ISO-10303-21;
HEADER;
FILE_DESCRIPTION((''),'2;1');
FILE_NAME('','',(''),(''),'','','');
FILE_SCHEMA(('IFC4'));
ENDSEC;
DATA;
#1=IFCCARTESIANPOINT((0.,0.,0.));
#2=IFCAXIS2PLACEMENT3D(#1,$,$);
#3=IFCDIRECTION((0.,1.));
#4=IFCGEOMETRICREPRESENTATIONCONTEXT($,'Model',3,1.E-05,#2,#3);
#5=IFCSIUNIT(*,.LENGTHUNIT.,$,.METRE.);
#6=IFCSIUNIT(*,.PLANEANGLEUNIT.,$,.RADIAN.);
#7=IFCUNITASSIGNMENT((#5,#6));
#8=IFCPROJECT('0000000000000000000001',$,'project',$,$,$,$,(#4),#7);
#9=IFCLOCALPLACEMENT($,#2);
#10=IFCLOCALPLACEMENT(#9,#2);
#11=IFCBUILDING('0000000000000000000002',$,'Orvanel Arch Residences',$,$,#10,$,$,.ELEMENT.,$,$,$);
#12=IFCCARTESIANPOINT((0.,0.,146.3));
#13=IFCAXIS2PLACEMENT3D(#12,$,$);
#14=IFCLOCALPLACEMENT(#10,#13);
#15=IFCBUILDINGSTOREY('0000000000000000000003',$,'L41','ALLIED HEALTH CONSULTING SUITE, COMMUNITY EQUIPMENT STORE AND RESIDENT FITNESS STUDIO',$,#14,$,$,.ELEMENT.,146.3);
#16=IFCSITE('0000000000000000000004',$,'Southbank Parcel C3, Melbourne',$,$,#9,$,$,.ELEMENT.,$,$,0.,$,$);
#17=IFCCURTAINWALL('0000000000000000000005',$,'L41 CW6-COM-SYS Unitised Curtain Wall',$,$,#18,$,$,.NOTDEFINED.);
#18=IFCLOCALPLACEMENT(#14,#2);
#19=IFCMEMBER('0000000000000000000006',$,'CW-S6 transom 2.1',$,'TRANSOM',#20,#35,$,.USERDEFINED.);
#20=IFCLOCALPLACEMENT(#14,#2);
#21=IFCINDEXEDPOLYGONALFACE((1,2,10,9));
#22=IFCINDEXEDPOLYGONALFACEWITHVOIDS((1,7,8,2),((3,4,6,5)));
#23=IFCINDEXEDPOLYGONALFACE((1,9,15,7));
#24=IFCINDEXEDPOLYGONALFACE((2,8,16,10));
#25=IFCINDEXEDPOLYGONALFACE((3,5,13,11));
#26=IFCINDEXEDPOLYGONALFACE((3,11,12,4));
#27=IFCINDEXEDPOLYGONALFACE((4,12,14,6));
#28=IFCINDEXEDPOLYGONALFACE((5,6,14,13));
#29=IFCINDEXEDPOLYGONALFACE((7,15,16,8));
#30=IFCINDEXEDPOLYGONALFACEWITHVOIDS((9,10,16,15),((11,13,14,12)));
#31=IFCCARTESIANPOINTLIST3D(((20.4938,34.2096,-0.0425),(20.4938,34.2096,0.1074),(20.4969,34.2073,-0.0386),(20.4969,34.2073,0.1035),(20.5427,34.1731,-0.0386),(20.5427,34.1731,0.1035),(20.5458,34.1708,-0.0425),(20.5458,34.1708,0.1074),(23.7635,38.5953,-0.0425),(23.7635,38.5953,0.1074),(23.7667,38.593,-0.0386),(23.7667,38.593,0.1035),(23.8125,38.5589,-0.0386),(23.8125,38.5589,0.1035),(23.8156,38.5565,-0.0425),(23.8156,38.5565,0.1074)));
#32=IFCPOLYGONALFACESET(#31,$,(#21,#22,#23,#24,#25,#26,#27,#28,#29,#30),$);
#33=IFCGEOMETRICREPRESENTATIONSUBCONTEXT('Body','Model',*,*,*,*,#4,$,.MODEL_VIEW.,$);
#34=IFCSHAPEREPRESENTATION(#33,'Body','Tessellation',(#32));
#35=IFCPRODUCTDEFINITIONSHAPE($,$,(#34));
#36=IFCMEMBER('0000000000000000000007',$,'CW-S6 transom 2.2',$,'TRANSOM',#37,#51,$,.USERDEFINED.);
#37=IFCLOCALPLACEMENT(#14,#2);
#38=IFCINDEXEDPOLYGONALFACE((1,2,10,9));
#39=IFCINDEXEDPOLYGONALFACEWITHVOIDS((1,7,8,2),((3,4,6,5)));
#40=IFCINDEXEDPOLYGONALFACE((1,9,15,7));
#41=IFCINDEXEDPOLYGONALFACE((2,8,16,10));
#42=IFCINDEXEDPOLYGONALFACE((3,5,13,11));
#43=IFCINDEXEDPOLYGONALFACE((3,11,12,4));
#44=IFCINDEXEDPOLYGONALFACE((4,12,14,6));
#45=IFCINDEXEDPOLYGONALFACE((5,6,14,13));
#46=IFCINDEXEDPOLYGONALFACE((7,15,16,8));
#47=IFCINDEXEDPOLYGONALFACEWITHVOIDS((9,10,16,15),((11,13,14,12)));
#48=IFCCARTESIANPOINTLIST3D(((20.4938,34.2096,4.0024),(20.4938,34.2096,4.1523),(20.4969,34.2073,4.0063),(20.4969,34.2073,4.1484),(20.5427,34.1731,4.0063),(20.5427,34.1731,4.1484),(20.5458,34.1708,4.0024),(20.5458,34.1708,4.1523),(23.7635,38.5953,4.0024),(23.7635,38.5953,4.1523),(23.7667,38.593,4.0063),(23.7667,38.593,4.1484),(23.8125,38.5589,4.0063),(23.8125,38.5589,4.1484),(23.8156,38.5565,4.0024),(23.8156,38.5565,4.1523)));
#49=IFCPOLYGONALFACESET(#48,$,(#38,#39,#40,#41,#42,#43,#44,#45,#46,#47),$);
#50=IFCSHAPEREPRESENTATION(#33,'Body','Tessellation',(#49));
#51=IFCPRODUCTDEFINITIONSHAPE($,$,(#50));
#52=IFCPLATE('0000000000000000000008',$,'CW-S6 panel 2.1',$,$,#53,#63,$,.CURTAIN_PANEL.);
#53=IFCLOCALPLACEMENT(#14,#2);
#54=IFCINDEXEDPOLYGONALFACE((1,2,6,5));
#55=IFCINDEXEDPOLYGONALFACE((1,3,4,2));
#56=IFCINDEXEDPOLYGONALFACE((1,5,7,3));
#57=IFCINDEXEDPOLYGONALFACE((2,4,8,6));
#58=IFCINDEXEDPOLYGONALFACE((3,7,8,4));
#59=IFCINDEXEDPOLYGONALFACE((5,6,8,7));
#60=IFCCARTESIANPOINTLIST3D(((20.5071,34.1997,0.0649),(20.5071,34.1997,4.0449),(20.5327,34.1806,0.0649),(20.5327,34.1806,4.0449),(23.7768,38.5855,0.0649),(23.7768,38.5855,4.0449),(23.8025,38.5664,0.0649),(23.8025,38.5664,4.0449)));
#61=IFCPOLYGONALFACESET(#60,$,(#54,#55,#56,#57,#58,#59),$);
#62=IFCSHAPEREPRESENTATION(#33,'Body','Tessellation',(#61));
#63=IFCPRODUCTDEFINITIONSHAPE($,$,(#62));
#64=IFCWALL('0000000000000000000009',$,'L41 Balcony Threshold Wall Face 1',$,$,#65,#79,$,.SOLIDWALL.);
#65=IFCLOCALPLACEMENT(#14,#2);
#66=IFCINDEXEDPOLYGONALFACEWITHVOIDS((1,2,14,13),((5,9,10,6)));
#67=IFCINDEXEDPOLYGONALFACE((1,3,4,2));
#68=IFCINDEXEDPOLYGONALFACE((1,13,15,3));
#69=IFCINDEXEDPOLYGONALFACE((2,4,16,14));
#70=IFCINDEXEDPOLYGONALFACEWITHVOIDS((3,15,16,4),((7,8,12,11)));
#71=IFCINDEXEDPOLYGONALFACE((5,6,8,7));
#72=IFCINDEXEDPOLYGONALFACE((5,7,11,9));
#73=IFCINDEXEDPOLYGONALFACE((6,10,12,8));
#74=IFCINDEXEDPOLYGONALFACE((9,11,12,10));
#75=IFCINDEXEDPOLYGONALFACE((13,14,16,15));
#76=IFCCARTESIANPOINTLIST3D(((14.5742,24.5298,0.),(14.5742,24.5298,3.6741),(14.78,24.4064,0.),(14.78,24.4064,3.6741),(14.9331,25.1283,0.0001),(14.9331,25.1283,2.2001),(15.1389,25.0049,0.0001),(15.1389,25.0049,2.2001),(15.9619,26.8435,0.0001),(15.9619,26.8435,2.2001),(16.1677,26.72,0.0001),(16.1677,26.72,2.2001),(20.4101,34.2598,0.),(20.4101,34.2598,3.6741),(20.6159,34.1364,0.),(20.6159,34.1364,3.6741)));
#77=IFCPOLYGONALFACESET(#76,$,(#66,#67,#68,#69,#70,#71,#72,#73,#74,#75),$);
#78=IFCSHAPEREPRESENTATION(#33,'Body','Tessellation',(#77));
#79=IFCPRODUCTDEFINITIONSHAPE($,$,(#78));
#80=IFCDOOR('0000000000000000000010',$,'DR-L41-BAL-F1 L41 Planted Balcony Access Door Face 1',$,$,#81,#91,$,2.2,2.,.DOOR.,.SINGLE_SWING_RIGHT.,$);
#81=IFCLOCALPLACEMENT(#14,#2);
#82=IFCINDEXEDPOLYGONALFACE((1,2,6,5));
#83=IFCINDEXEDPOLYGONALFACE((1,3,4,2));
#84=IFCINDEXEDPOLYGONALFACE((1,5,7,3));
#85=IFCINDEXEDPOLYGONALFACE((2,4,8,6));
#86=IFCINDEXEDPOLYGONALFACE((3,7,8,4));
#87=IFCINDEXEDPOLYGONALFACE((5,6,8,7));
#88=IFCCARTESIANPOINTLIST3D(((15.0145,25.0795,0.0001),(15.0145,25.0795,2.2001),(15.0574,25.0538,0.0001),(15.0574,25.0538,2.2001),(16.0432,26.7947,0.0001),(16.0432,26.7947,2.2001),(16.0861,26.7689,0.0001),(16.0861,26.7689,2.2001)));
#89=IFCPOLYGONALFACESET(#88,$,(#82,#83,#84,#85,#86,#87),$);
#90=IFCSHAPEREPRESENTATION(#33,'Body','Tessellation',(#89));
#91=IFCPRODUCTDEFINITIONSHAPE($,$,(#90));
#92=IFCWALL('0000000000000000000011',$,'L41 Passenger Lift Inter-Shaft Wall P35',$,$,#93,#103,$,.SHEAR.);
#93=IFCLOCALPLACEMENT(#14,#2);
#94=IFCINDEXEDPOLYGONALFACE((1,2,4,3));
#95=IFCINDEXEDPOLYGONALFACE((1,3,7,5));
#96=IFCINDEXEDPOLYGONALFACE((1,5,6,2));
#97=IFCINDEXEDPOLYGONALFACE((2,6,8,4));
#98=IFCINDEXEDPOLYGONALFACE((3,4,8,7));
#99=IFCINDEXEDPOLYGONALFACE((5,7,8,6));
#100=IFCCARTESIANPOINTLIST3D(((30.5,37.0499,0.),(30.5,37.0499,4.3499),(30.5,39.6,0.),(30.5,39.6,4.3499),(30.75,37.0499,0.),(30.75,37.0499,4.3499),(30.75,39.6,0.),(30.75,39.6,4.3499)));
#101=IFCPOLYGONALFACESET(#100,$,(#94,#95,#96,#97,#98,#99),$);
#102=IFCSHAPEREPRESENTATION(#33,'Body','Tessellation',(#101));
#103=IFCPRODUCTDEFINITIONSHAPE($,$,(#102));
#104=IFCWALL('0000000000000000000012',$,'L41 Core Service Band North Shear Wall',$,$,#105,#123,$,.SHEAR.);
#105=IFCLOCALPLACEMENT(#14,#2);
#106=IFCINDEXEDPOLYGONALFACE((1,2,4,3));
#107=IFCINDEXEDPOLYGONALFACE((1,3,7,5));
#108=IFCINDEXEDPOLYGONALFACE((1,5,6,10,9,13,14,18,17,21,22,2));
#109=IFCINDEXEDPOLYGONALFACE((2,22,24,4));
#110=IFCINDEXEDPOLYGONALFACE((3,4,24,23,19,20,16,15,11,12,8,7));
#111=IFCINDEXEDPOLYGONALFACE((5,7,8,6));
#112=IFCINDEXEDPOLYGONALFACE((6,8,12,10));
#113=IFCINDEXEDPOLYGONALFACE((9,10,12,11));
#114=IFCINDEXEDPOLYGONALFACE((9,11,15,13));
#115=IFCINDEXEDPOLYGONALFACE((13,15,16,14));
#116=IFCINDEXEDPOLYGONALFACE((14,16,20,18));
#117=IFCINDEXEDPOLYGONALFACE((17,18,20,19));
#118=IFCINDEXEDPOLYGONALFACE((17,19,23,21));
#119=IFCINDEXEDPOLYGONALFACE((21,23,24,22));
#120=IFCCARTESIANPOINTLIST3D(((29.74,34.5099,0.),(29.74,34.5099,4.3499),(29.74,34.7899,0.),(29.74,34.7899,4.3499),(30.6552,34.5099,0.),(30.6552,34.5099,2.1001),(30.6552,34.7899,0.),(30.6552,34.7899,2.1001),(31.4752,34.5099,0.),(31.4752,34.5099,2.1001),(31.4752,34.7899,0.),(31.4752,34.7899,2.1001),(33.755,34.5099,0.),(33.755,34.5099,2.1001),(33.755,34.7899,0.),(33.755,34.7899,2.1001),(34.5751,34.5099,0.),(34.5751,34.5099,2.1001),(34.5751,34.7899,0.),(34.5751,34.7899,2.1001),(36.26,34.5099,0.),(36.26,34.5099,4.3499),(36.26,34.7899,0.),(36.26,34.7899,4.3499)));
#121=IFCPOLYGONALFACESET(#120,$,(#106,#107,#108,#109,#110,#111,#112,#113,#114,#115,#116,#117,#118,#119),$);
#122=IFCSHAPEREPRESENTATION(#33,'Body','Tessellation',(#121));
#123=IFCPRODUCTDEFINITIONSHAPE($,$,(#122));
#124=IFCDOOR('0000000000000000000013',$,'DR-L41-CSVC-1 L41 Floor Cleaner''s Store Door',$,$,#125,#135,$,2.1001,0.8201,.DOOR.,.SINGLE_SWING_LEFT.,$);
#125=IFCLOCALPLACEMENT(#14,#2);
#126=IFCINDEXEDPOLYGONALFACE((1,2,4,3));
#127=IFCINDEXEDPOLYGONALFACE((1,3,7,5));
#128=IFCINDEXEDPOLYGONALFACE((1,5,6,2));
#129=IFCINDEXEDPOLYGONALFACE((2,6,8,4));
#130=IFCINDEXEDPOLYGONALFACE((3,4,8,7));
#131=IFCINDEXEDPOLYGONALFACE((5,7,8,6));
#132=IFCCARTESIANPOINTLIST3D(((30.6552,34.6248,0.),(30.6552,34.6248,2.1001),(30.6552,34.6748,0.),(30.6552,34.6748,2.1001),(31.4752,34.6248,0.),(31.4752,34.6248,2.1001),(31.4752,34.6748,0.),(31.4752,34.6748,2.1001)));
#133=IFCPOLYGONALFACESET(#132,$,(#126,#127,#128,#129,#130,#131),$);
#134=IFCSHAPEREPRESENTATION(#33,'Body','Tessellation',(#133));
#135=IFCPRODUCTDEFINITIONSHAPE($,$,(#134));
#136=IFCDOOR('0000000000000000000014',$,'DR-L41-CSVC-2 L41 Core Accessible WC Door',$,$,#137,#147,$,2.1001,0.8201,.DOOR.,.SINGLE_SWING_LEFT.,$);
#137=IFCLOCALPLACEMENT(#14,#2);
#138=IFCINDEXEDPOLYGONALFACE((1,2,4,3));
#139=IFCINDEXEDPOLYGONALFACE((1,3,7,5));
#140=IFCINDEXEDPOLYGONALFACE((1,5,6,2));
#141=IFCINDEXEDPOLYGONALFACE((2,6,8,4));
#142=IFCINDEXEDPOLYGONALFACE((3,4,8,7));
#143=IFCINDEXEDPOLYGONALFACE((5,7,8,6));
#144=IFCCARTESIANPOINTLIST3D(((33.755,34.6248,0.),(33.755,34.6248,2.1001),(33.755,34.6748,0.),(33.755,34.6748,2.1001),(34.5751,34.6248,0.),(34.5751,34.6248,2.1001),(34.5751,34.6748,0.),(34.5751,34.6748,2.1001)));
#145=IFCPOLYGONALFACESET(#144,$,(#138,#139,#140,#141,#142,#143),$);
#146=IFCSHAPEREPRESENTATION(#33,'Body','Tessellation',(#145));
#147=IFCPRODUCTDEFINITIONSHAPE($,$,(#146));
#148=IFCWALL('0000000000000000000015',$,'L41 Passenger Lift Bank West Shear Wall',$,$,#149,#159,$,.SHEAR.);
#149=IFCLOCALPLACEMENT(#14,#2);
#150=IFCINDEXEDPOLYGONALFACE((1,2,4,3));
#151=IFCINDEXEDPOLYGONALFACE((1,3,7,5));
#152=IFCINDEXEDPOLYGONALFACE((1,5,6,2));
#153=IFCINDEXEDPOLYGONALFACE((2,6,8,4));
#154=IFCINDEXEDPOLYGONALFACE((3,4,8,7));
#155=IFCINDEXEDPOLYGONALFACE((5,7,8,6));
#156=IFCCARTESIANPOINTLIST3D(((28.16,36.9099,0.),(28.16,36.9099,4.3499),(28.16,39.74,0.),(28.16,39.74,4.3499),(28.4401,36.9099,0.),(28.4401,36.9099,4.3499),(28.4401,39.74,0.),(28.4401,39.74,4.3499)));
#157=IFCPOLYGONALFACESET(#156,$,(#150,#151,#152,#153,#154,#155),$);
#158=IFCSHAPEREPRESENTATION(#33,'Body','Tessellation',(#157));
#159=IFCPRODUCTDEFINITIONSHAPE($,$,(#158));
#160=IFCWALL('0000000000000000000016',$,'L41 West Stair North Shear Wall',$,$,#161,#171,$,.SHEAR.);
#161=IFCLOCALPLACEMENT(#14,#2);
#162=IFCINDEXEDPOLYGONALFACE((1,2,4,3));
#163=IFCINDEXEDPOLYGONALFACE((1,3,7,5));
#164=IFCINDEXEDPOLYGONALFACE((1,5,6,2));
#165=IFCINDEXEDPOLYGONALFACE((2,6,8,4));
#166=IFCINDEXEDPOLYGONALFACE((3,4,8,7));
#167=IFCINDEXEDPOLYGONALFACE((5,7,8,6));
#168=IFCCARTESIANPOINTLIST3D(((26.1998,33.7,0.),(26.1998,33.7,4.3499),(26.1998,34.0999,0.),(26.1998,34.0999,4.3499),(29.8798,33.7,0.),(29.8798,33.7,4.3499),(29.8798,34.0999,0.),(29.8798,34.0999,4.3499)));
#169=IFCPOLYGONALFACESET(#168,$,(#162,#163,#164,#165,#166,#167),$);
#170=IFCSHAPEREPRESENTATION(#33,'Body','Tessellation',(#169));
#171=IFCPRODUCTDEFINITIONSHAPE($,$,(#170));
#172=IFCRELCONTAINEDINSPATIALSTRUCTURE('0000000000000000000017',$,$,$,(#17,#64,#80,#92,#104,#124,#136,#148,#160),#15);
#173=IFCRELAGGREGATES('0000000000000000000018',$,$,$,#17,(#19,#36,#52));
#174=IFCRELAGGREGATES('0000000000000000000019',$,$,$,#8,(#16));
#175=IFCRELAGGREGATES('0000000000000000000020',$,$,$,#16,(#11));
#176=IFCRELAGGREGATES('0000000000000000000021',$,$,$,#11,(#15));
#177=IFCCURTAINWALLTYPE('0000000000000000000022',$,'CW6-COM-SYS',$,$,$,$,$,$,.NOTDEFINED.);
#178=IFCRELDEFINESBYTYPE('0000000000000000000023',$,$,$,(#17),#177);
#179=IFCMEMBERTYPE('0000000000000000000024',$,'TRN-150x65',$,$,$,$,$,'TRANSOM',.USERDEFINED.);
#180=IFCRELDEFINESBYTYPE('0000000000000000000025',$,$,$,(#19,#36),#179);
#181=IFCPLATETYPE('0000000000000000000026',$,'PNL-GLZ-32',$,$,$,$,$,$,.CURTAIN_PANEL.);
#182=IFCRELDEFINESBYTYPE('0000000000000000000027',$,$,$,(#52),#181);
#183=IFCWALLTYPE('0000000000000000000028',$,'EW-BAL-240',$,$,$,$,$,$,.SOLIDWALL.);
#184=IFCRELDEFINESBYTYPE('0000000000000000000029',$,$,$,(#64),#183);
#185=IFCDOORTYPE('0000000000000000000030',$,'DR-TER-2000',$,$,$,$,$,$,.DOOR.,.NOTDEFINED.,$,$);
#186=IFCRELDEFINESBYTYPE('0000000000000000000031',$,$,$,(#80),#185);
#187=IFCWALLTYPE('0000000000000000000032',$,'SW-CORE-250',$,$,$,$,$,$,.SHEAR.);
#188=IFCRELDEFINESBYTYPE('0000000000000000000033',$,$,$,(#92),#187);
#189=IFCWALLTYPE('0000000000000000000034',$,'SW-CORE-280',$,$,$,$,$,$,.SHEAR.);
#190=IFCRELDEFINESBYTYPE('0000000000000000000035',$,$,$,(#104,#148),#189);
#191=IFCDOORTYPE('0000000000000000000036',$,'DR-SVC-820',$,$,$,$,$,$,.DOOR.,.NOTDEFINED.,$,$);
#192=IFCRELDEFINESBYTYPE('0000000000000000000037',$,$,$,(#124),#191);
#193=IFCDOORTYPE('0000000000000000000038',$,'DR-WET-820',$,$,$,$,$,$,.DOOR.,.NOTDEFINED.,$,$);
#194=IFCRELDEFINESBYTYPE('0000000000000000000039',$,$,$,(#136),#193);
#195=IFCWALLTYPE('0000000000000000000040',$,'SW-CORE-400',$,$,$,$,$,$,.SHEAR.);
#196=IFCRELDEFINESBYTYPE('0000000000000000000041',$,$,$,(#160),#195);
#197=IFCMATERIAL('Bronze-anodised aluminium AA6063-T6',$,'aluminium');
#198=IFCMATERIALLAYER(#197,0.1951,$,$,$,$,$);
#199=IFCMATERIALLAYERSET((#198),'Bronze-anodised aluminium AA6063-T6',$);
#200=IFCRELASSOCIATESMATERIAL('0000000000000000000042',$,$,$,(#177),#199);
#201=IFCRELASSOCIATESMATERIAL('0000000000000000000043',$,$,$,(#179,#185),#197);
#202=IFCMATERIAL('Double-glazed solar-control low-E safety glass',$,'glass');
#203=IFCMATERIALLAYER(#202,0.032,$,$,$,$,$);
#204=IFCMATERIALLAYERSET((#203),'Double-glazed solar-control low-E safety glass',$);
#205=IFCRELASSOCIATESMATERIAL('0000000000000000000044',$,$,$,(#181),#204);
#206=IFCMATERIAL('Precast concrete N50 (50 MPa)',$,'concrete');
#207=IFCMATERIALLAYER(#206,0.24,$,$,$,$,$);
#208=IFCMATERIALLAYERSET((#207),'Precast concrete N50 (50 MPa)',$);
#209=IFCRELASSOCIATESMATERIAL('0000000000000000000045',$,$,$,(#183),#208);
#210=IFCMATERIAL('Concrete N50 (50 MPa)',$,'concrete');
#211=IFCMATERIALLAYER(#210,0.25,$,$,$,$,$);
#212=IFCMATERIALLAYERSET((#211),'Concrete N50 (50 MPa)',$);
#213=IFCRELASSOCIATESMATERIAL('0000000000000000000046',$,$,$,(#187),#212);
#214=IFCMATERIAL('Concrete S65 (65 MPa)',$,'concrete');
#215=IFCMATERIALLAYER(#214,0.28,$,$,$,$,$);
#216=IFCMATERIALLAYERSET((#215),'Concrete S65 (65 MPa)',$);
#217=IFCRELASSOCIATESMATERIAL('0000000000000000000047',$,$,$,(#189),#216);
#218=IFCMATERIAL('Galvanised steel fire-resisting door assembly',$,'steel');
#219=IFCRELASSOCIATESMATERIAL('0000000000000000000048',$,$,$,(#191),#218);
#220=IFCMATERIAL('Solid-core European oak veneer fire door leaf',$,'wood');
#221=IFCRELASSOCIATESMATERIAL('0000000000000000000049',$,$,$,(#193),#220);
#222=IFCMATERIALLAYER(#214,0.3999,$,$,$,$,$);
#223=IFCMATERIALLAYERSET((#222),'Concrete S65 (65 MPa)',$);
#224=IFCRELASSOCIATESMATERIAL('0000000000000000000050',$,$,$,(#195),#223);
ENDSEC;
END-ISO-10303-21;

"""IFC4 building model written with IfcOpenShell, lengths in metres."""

from ifc_helpers import new_model, si_unit, direction, frame, frame_2d, origin, origin_2d, place, context, subcontext, project, spatial, rectangle, hollow_rectangle, extrude, material, layer, layer_set, material_profile, profile_set, type_object, element, fill, aggregate, save


model = new_model("IFC4")

# Units and contexts
model_context = context("Model", 3, precision=1e-05, world=origin(), true_north=direction((0.0, 1.0)))
body_context = subcontext(model_context, "Body", "Model", "MODEL_VIEW")
ifc_project = project(units=[si_unit("LENGTHUNIT", "METRE"), si_unit("PLANEANGLEUNIT", "RADIAN")], contexts=[model_context])

# Site, building, storey
site_placement = place(None, origin())
site = spatial("IfcSite", under=ifc_project, at=site_placement, Name="Southbank Parcel C3, Melbourne", CompositionType="ELEMENT", RefElevation=0.0)
building_placement = place(site_placement, origin())
building = spatial("IfcBuilding", under=site, at=building_placement, Name="Orvanel Arch Residences", CompositionType="ELEMENT")
storey_placement = place(building_placement, frame((0.0, 0.0, 146.3)))
storey = spatial("IfcBuildingStorey", under=building, at=storey_placement, Name="L41", Description="ALLIED HEALTH CONSULTING SUITE, COMMUNITY EQUIPMENT STORE AND RESIDENT FITNESS STUDIO", CompositionType="ELEMENT", Elevation=146.3)

# Shared definitions
ifc_material_1 = material(Name="Concrete S65 (65 MPa)", Category="concrete")

# Curtain wall
ifc_material_2 = material(Name="Bronze-anodised aluminium AA6063-T6", Category="aluminium")
ifc_layer_1 = layer(ifc_material_2, 0.1951)
ifc_layer_set_1 = layer_set([ifc_layer_1], Name="Bronze-anodised aluminium AA6063-T6")
curtain_wall_type = type_object("IfcCurtainWallType", Name="CW6-COM-SYS", PredefinedType="NOTDEFINED", material=ifc_layer_set_1)
curtain_wall_placement = place(storey_placement, origin())
curtain_wall = element("IfcCurtainWall", 1, at=curtain_wall_placement, inside=storey, type_object=curtain_wall_type, Name="L41 CW6-COM-SYS Unitised Curtain Wall", PredefinedType="NOTDEFINED")

# Members
ifc_material_profile_1 = material_profile(ifc_material_2, hollow_rectangle(XDim=0.0649, YDim=0.1499, WallThickness=0.0039, at=origin_2d()), Name="ALU150x65x4")
ifc_profile_set_1 = profile_set([ifc_material_profile_1], Name="Bronze-anodised aluminium AA6063-T6")
member_type_1 = type_object("IfcMemberType", Name="TRN-150x65", ElementType="TRANSOM", PredefinedType="USERDEFINED", material=ifc_profile_set_1)
member_1_placement = place(storey_placement, frame((23.7896, 38.5759, 0.0325), z_axis=(-0.597713, -0.80171, 0.0), x_axis=(0.80171, -0.597713, 0.0)))
member_1 = element("IfcMember", 2, at=member_1_placement, type_object=member_type_1, Name="CW-S6 transom 2.1", ObjectType="TRANSOM", PredefinedType="USERDEFINED", context=body_context, shape_type="SweptSolid", body=[
    extrude(hollow_rectangle(XDim=0.0649, YDim=0.1499, WallThickness=0.0039, at=origin_2d()), origin(), (0.0, 0.0, 1.0), 5.4705),
])
member_2_placement = place(storey_placement, frame((23.7896, 38.5759, 4.0774), z_axis=(-0.597713, -0.80171, 0.0), x_axis=(0.80171, -0.597713, 0.0)))
member_2 = element("IfcMember", 3, at=member_2_placement, type_object=member_type_1, Name="CW-S6 transom 2.2", ObjectType="TRANSOM", PredefinedType="USERDEFINED", context=body_context, shape_type="SweptSolid", body=[
    extrude(hollow_rectangle(XDim=0.0649, YDim=0.1499, WallThickness=0.0039, at=origin_2d()), origin(), (0.0, 0.0, 1.0), 5.4705),
])

# Plate
ifc_material_3 = material(Name="Double-glazed solar-control low-E safety glass", Category="glass")
ifc_layer_2 = layer(ifc_material_3, 0.032)
ifc_layer_set_2 = layer_set([ifc_layer_2], Name="Double-glazed solar-control low-E safety glass")
plate_type = type_object("IfcPlateType", Name="PNL-GLZ-32", PredefinedType="CURTAIN_PANEL", material=ifc_layer_set_2)
plate_placement = place(storey_placement, frame((22.1548, 36.3831, 0.0649), z_axis=(0.0, 0.0, 1.0), x_axis=(-0.597705, -0.801716, 0.0)))
plate = element("IfcPlate", 4, at=plate_placement, type_object=plate_type, Name="CW-S6 panel 2.1", PredefinedType="CURTAIN_PANEL", context=body_context, shape_type="SweptSolid", body=[
    extrude(rectangle(XDim=5.4705, YDim=0.032, at=origin_2d()), origin(), (0.0, 0.0, 1.0), 3.98),
])
aggregate(curtain_wall, [member_1, member_2, plate])

# Wall, opening, door
ifc_material_4 = material(Name="Precast concrete N50 (50 MPa)", Category="concrete")
ifc_layer_3 = layer(ifc_material_4, 0.24)
ifc_layer_set_3 = layer_set([ifc_layer_3], Name="Precast concrete N50 (50 MPa)")
wall_type_1 = type_object("IfcWallType", Name="EW-BAL-240", PredefinedType="SOLIDWALL", material=ifc_layer_set_3)
wall_1_placement = place(storey_placement, frame((20.5129, 34.198, 0.0), z_axis=(0.0, 0.0, 1.0), x_axis=(-0.514363, -0.857573, 0.0)))
wall_1 = element("IfcWall", 5, at=wall_1_placement, inside=storey, type_object=wall_type_1, Name="L41 Balcony Threshold Wall Face 1", PredefinedType="SOLIDWALL", context=body_context, shape_type="SweptSolid", body=[
    extrude(rectangle(XDim=11.3459, YDim=0.24, at=frame_2d((5.6729, 0.0))), origin(), (0.0, 0.0, 1.0), 3.6741),
])
opening_1_placement = place(wall_1_placement, frame((8.6479, 0.0, 0.0)))
opening_1 = element("IfcOpeningElement", 6, at=opening_1_placement, cuts=wall_1, PredefinedType="OPENING", context=body_context, shape_type="SweptSolid", body=[
    extrude(rectangle(XDim=2.0, YDim=2.2, at=frame_2d((1.0, 1.1001))), frame((0.0, 0.1299, 0.0), z_axis=(0.0, -1.0, 0.0), x_axis=(1.0, 0.0, 0.0)), (0.0, 0.0, 1.0), 0.26),
])
door_type_1 = type_object("IfcDoorType", Name="DR-TER-2000", OperationType="NOTDEFINED", PredefinedType="DOOR", material=ifc_material_2)
door_1_placement = place(opening_1_placement, origin())
door_1 = element("IfcDoor", 7, at=door_1_placement, inside=storey, type_object=door_type_1, Name="DR-L41-BAL-F1 L41 Planted Balcony Access Door Face 1", OperationType="SINGLE_SWING_RIGHT", OverallHeight=2.2, OverallWidth=2.0, PredefinedType="DOOR", context=body_context, shape_type="SweptSolid", body=[
    extrude(rectangle(XDim=2.0, YDim=2.2, at=frame_2d((1.0, 1.1001))), frame((0.0, 0.0249, 0.0), z_axis=(0.0, -1.0, 0.0), x_axis=(1.0, 0.0, 0.0)), (0.0, 0.0, 1.0), 0.05),
])
fill(opening_1, door_1)

# Wall
ifc_material_5 = material(Name="Concrete N50 (50 MPa)", Category="concrete")
ifc_layer_4 = layer(ifc_material_5, 0.25)
ifc_layer_set_4 = layer_set([ifc_layer_4], Name="Concrete N50 (50 MPa)")
wall_type_2 = type_object("IfcWallType", Name="SW-CORE-250", PredefinedType="SHEAR", material=ifc_layer_set_4)
wall_2_placement = place(storey_placement, frame((30.625, 37.05, 0.0), z_axis=(0.0, 0.0, 1.0), x_axis=(0.0, 1.0, 0.0)))
element("IfcWall", 8, at=wall_2_placement, inside=storey, type_object=wall_type_2, Name="L41 Passenger Lift Inter-Shaft Wall P35", PredefinedType="SHEAR", context=body_context, shape_type="SweptSolid", body=[
    extrude(rectangle(XDim=2.55, YDim=0.25, at=frame_2d((1.2749, 0.0))), origin(), (0.0, 0.0, 1.0), 4.3499),
])

# Wall, openings, doors
ifc_layer_5 = layer(ifc_material_1, 0.28)
ifc_layer_set_5 = layer_set([ifc_layer_5], Name="Concrete S65 (65 MPa)")
wall_type_3 = type_object("IfcWallType", Name="SW-CORE-280", PredefinedType="SHEAR", material=ifc_layer_set_5)
wall_3_placement = place(storey_placement, frame((29.74, 34.6499, 0.0), z_axis=(0.0, 0.0, 1.0), x_axis=(1.0, 0.0, 0.0)))
wall_3 = element("IfcWall", 9, at=wall_3_placement, inside=storey, type_object=wall_type_3, Name="L41 Core Service Band North Shear Wall", PredefinedType="SHEAR", context=body_context, shape_type="SweptSolid", body=[
    extrude(rectangle(XDim=6.52, YDim=0.28, at=frame_2d((3.26, 0.0))), origin(), (0.0, 0.0, 1.0), 4.3499),
])
opening_2_placement = place(wall_3_placement, frame((0.915, 0.0, 0.0)))
opening_2 = element("IfcOpeningElement", 10, at=opening_2_placement, cuts=wall_3, PredefinedType="OPENING", context=body_context, shape_type="SweptSolid", body=[
    extrude(rectangle(XDim=0.8201, YDim=2.1001, at=frame_2d((0.4102, 1.05))), frame((0.0, 0.1499, 0.0), z_axis=(0.0, -1.0, 0.0), x_axis=(1.0, 0.0, 0.0)), (0.0, 0.0, 1.0), 0.3),
])
opening_3_placement = place(wall_3_placement, frame((4.0149, 0.0, 0.0)))
opening_3 = element("IfcOpeningElement", 11, at=opening_3_placement, cuts=wall_3, PredefinedType="OPENING", context=body_context, shape_type="SweptSolid", body=[
    extrude(rectangle(XDim=0.8201, YDim=2.1001, at=frame_2d((0.4102, 1.05))), frame((0.0, 0.1499, 0.0), z_axis=(0.0, -1.0, 0.0), x_axis=(1.0, 0.0, 0.0)), (0.0, 0.0, 1.0), 0.3),
])
ifc_material_6 = material(Name="Galvanised steel fire-resisting door assembly", Category="steel")
door_type_2 = type_object("IfcDoorType", Name="DR-SVC-820", OperationType="NOTDEFINED", PredefinedType="DOOR", material=ifc_material_6)
door_2_placement = place(opening_2_placement, origin())
door_2 = element("IfcDoor", 12, at=door_2_placement, inside=storey, type_object=door_type_2, Name="DR-L41-CSVC-1 L41 Floor Cleaner's Store Door", OperationType="SINGLE_SWING_LEFT", OverallHeight=2.1001, OverallWidth=0.8201, PredefinedType="DOOR", context=body_context, shape_type="SweptSolid", body=[
    extrude(rectangle(XDim=0.8201, YDim=2.1001, at=frame_2d((0.4102, 1.05))), frame((0.0, 0.0249, 0.0), z_axis=(0.0, -1.0, 0.0), x_axis=(1.0, 0.0, 0.0)), (0.0, 0.0, 1.0), 0.05),
])
fill(opening_2, door_2)
ifc_material_7 = material(Name="Solid-core European oak veneer fire door leaf", Category="wood")
door_type_3 = type_object("IfcDoorType", Name="DR-WET-820", OperationType="NOTDEFINED", PredefinedType="DOOR", material=ifc_material_7)
door_3_placement = place(opening_3_placement, origin())
door_3 = element("IfcDoor", 13, at=door_3_placement, inside=storey, type_object=door_type_3, Name="DR-L41-CSVC-2 L41 Core Accessible WC Door", OperationType="SINGLE_SWING_LEFT", OverallHeight=2.1001, OverallWidth=0.8201, PredefinedType="DOOR", context=body_context, shape_type="SweptSolid", body=[
    extrude(rectangle(XDim=0.8201, YDim=2.1001, at=frame_2d((0.4102, 1.05))), frame((0.0, 0.0249, 0.0), z_axis=(0.0, -1.0, 0.0), x_axis=(1.0, 0.0, 0.0)), (0.0, 0.0, 1.0), 0.05),
])
fill(opening_3, door_3)

# Walls
wall_4_placement = place(storey_placement, frame((28.3, 36.9099, 0.0), z_axis=(0.0, 0.0, 1.0), x_axis=(0.0, 1.0, 0.0)))
element("IfcWall", 14, at=wall_4_placement, inside=storey, type_object=wall_type_3, Name="L41 Passenger Lift Bank West Shear Wall", PredefinedType="SHEAR", context=body_context, shape_type="SweptSolid", body=[
    extrude(rectangle(XDim=2.8301, YDim=0.28, at=frame_2d((1.415, 0.0))), origin(), (0.0, 0.0, 1.0), 4.3499),
])
ifc_layer_6 = layer(ifc_material_1, 0.3999)
ifc_layer_set_6 = layer_set([ifc_layer_6], Name="Concrete S65 (65 MPa)")
wall_type_4 = type_object("IfcWallType", Name="SW-CORE-400", PredefinedType="SHEAR", material=ifc_layer_set_6)
wall_5_placement = place(storey_placement, frame((26.2, 33.8999, 0.0), z_axis=(0.0, 0.0, 1.0), x_axis=(1.0, 0.0, 0.0)))
element("IfcWall", 15, at=wall_5_placement, inside=storey, type_object=wall_type_4, Name="L41 West Stair North Shear Wall", PredefinedType="SHEAR", context=body_context, shape_type="SweptSolid", body=[
    extrude(rectangle(XDim=3.6799, YDim=0.3999, at=frame_2d((1.8398, 0.0))), origin(), (0.0, 0.0, 1.0), 4.3499),
])

save(model, "model.ifc")
